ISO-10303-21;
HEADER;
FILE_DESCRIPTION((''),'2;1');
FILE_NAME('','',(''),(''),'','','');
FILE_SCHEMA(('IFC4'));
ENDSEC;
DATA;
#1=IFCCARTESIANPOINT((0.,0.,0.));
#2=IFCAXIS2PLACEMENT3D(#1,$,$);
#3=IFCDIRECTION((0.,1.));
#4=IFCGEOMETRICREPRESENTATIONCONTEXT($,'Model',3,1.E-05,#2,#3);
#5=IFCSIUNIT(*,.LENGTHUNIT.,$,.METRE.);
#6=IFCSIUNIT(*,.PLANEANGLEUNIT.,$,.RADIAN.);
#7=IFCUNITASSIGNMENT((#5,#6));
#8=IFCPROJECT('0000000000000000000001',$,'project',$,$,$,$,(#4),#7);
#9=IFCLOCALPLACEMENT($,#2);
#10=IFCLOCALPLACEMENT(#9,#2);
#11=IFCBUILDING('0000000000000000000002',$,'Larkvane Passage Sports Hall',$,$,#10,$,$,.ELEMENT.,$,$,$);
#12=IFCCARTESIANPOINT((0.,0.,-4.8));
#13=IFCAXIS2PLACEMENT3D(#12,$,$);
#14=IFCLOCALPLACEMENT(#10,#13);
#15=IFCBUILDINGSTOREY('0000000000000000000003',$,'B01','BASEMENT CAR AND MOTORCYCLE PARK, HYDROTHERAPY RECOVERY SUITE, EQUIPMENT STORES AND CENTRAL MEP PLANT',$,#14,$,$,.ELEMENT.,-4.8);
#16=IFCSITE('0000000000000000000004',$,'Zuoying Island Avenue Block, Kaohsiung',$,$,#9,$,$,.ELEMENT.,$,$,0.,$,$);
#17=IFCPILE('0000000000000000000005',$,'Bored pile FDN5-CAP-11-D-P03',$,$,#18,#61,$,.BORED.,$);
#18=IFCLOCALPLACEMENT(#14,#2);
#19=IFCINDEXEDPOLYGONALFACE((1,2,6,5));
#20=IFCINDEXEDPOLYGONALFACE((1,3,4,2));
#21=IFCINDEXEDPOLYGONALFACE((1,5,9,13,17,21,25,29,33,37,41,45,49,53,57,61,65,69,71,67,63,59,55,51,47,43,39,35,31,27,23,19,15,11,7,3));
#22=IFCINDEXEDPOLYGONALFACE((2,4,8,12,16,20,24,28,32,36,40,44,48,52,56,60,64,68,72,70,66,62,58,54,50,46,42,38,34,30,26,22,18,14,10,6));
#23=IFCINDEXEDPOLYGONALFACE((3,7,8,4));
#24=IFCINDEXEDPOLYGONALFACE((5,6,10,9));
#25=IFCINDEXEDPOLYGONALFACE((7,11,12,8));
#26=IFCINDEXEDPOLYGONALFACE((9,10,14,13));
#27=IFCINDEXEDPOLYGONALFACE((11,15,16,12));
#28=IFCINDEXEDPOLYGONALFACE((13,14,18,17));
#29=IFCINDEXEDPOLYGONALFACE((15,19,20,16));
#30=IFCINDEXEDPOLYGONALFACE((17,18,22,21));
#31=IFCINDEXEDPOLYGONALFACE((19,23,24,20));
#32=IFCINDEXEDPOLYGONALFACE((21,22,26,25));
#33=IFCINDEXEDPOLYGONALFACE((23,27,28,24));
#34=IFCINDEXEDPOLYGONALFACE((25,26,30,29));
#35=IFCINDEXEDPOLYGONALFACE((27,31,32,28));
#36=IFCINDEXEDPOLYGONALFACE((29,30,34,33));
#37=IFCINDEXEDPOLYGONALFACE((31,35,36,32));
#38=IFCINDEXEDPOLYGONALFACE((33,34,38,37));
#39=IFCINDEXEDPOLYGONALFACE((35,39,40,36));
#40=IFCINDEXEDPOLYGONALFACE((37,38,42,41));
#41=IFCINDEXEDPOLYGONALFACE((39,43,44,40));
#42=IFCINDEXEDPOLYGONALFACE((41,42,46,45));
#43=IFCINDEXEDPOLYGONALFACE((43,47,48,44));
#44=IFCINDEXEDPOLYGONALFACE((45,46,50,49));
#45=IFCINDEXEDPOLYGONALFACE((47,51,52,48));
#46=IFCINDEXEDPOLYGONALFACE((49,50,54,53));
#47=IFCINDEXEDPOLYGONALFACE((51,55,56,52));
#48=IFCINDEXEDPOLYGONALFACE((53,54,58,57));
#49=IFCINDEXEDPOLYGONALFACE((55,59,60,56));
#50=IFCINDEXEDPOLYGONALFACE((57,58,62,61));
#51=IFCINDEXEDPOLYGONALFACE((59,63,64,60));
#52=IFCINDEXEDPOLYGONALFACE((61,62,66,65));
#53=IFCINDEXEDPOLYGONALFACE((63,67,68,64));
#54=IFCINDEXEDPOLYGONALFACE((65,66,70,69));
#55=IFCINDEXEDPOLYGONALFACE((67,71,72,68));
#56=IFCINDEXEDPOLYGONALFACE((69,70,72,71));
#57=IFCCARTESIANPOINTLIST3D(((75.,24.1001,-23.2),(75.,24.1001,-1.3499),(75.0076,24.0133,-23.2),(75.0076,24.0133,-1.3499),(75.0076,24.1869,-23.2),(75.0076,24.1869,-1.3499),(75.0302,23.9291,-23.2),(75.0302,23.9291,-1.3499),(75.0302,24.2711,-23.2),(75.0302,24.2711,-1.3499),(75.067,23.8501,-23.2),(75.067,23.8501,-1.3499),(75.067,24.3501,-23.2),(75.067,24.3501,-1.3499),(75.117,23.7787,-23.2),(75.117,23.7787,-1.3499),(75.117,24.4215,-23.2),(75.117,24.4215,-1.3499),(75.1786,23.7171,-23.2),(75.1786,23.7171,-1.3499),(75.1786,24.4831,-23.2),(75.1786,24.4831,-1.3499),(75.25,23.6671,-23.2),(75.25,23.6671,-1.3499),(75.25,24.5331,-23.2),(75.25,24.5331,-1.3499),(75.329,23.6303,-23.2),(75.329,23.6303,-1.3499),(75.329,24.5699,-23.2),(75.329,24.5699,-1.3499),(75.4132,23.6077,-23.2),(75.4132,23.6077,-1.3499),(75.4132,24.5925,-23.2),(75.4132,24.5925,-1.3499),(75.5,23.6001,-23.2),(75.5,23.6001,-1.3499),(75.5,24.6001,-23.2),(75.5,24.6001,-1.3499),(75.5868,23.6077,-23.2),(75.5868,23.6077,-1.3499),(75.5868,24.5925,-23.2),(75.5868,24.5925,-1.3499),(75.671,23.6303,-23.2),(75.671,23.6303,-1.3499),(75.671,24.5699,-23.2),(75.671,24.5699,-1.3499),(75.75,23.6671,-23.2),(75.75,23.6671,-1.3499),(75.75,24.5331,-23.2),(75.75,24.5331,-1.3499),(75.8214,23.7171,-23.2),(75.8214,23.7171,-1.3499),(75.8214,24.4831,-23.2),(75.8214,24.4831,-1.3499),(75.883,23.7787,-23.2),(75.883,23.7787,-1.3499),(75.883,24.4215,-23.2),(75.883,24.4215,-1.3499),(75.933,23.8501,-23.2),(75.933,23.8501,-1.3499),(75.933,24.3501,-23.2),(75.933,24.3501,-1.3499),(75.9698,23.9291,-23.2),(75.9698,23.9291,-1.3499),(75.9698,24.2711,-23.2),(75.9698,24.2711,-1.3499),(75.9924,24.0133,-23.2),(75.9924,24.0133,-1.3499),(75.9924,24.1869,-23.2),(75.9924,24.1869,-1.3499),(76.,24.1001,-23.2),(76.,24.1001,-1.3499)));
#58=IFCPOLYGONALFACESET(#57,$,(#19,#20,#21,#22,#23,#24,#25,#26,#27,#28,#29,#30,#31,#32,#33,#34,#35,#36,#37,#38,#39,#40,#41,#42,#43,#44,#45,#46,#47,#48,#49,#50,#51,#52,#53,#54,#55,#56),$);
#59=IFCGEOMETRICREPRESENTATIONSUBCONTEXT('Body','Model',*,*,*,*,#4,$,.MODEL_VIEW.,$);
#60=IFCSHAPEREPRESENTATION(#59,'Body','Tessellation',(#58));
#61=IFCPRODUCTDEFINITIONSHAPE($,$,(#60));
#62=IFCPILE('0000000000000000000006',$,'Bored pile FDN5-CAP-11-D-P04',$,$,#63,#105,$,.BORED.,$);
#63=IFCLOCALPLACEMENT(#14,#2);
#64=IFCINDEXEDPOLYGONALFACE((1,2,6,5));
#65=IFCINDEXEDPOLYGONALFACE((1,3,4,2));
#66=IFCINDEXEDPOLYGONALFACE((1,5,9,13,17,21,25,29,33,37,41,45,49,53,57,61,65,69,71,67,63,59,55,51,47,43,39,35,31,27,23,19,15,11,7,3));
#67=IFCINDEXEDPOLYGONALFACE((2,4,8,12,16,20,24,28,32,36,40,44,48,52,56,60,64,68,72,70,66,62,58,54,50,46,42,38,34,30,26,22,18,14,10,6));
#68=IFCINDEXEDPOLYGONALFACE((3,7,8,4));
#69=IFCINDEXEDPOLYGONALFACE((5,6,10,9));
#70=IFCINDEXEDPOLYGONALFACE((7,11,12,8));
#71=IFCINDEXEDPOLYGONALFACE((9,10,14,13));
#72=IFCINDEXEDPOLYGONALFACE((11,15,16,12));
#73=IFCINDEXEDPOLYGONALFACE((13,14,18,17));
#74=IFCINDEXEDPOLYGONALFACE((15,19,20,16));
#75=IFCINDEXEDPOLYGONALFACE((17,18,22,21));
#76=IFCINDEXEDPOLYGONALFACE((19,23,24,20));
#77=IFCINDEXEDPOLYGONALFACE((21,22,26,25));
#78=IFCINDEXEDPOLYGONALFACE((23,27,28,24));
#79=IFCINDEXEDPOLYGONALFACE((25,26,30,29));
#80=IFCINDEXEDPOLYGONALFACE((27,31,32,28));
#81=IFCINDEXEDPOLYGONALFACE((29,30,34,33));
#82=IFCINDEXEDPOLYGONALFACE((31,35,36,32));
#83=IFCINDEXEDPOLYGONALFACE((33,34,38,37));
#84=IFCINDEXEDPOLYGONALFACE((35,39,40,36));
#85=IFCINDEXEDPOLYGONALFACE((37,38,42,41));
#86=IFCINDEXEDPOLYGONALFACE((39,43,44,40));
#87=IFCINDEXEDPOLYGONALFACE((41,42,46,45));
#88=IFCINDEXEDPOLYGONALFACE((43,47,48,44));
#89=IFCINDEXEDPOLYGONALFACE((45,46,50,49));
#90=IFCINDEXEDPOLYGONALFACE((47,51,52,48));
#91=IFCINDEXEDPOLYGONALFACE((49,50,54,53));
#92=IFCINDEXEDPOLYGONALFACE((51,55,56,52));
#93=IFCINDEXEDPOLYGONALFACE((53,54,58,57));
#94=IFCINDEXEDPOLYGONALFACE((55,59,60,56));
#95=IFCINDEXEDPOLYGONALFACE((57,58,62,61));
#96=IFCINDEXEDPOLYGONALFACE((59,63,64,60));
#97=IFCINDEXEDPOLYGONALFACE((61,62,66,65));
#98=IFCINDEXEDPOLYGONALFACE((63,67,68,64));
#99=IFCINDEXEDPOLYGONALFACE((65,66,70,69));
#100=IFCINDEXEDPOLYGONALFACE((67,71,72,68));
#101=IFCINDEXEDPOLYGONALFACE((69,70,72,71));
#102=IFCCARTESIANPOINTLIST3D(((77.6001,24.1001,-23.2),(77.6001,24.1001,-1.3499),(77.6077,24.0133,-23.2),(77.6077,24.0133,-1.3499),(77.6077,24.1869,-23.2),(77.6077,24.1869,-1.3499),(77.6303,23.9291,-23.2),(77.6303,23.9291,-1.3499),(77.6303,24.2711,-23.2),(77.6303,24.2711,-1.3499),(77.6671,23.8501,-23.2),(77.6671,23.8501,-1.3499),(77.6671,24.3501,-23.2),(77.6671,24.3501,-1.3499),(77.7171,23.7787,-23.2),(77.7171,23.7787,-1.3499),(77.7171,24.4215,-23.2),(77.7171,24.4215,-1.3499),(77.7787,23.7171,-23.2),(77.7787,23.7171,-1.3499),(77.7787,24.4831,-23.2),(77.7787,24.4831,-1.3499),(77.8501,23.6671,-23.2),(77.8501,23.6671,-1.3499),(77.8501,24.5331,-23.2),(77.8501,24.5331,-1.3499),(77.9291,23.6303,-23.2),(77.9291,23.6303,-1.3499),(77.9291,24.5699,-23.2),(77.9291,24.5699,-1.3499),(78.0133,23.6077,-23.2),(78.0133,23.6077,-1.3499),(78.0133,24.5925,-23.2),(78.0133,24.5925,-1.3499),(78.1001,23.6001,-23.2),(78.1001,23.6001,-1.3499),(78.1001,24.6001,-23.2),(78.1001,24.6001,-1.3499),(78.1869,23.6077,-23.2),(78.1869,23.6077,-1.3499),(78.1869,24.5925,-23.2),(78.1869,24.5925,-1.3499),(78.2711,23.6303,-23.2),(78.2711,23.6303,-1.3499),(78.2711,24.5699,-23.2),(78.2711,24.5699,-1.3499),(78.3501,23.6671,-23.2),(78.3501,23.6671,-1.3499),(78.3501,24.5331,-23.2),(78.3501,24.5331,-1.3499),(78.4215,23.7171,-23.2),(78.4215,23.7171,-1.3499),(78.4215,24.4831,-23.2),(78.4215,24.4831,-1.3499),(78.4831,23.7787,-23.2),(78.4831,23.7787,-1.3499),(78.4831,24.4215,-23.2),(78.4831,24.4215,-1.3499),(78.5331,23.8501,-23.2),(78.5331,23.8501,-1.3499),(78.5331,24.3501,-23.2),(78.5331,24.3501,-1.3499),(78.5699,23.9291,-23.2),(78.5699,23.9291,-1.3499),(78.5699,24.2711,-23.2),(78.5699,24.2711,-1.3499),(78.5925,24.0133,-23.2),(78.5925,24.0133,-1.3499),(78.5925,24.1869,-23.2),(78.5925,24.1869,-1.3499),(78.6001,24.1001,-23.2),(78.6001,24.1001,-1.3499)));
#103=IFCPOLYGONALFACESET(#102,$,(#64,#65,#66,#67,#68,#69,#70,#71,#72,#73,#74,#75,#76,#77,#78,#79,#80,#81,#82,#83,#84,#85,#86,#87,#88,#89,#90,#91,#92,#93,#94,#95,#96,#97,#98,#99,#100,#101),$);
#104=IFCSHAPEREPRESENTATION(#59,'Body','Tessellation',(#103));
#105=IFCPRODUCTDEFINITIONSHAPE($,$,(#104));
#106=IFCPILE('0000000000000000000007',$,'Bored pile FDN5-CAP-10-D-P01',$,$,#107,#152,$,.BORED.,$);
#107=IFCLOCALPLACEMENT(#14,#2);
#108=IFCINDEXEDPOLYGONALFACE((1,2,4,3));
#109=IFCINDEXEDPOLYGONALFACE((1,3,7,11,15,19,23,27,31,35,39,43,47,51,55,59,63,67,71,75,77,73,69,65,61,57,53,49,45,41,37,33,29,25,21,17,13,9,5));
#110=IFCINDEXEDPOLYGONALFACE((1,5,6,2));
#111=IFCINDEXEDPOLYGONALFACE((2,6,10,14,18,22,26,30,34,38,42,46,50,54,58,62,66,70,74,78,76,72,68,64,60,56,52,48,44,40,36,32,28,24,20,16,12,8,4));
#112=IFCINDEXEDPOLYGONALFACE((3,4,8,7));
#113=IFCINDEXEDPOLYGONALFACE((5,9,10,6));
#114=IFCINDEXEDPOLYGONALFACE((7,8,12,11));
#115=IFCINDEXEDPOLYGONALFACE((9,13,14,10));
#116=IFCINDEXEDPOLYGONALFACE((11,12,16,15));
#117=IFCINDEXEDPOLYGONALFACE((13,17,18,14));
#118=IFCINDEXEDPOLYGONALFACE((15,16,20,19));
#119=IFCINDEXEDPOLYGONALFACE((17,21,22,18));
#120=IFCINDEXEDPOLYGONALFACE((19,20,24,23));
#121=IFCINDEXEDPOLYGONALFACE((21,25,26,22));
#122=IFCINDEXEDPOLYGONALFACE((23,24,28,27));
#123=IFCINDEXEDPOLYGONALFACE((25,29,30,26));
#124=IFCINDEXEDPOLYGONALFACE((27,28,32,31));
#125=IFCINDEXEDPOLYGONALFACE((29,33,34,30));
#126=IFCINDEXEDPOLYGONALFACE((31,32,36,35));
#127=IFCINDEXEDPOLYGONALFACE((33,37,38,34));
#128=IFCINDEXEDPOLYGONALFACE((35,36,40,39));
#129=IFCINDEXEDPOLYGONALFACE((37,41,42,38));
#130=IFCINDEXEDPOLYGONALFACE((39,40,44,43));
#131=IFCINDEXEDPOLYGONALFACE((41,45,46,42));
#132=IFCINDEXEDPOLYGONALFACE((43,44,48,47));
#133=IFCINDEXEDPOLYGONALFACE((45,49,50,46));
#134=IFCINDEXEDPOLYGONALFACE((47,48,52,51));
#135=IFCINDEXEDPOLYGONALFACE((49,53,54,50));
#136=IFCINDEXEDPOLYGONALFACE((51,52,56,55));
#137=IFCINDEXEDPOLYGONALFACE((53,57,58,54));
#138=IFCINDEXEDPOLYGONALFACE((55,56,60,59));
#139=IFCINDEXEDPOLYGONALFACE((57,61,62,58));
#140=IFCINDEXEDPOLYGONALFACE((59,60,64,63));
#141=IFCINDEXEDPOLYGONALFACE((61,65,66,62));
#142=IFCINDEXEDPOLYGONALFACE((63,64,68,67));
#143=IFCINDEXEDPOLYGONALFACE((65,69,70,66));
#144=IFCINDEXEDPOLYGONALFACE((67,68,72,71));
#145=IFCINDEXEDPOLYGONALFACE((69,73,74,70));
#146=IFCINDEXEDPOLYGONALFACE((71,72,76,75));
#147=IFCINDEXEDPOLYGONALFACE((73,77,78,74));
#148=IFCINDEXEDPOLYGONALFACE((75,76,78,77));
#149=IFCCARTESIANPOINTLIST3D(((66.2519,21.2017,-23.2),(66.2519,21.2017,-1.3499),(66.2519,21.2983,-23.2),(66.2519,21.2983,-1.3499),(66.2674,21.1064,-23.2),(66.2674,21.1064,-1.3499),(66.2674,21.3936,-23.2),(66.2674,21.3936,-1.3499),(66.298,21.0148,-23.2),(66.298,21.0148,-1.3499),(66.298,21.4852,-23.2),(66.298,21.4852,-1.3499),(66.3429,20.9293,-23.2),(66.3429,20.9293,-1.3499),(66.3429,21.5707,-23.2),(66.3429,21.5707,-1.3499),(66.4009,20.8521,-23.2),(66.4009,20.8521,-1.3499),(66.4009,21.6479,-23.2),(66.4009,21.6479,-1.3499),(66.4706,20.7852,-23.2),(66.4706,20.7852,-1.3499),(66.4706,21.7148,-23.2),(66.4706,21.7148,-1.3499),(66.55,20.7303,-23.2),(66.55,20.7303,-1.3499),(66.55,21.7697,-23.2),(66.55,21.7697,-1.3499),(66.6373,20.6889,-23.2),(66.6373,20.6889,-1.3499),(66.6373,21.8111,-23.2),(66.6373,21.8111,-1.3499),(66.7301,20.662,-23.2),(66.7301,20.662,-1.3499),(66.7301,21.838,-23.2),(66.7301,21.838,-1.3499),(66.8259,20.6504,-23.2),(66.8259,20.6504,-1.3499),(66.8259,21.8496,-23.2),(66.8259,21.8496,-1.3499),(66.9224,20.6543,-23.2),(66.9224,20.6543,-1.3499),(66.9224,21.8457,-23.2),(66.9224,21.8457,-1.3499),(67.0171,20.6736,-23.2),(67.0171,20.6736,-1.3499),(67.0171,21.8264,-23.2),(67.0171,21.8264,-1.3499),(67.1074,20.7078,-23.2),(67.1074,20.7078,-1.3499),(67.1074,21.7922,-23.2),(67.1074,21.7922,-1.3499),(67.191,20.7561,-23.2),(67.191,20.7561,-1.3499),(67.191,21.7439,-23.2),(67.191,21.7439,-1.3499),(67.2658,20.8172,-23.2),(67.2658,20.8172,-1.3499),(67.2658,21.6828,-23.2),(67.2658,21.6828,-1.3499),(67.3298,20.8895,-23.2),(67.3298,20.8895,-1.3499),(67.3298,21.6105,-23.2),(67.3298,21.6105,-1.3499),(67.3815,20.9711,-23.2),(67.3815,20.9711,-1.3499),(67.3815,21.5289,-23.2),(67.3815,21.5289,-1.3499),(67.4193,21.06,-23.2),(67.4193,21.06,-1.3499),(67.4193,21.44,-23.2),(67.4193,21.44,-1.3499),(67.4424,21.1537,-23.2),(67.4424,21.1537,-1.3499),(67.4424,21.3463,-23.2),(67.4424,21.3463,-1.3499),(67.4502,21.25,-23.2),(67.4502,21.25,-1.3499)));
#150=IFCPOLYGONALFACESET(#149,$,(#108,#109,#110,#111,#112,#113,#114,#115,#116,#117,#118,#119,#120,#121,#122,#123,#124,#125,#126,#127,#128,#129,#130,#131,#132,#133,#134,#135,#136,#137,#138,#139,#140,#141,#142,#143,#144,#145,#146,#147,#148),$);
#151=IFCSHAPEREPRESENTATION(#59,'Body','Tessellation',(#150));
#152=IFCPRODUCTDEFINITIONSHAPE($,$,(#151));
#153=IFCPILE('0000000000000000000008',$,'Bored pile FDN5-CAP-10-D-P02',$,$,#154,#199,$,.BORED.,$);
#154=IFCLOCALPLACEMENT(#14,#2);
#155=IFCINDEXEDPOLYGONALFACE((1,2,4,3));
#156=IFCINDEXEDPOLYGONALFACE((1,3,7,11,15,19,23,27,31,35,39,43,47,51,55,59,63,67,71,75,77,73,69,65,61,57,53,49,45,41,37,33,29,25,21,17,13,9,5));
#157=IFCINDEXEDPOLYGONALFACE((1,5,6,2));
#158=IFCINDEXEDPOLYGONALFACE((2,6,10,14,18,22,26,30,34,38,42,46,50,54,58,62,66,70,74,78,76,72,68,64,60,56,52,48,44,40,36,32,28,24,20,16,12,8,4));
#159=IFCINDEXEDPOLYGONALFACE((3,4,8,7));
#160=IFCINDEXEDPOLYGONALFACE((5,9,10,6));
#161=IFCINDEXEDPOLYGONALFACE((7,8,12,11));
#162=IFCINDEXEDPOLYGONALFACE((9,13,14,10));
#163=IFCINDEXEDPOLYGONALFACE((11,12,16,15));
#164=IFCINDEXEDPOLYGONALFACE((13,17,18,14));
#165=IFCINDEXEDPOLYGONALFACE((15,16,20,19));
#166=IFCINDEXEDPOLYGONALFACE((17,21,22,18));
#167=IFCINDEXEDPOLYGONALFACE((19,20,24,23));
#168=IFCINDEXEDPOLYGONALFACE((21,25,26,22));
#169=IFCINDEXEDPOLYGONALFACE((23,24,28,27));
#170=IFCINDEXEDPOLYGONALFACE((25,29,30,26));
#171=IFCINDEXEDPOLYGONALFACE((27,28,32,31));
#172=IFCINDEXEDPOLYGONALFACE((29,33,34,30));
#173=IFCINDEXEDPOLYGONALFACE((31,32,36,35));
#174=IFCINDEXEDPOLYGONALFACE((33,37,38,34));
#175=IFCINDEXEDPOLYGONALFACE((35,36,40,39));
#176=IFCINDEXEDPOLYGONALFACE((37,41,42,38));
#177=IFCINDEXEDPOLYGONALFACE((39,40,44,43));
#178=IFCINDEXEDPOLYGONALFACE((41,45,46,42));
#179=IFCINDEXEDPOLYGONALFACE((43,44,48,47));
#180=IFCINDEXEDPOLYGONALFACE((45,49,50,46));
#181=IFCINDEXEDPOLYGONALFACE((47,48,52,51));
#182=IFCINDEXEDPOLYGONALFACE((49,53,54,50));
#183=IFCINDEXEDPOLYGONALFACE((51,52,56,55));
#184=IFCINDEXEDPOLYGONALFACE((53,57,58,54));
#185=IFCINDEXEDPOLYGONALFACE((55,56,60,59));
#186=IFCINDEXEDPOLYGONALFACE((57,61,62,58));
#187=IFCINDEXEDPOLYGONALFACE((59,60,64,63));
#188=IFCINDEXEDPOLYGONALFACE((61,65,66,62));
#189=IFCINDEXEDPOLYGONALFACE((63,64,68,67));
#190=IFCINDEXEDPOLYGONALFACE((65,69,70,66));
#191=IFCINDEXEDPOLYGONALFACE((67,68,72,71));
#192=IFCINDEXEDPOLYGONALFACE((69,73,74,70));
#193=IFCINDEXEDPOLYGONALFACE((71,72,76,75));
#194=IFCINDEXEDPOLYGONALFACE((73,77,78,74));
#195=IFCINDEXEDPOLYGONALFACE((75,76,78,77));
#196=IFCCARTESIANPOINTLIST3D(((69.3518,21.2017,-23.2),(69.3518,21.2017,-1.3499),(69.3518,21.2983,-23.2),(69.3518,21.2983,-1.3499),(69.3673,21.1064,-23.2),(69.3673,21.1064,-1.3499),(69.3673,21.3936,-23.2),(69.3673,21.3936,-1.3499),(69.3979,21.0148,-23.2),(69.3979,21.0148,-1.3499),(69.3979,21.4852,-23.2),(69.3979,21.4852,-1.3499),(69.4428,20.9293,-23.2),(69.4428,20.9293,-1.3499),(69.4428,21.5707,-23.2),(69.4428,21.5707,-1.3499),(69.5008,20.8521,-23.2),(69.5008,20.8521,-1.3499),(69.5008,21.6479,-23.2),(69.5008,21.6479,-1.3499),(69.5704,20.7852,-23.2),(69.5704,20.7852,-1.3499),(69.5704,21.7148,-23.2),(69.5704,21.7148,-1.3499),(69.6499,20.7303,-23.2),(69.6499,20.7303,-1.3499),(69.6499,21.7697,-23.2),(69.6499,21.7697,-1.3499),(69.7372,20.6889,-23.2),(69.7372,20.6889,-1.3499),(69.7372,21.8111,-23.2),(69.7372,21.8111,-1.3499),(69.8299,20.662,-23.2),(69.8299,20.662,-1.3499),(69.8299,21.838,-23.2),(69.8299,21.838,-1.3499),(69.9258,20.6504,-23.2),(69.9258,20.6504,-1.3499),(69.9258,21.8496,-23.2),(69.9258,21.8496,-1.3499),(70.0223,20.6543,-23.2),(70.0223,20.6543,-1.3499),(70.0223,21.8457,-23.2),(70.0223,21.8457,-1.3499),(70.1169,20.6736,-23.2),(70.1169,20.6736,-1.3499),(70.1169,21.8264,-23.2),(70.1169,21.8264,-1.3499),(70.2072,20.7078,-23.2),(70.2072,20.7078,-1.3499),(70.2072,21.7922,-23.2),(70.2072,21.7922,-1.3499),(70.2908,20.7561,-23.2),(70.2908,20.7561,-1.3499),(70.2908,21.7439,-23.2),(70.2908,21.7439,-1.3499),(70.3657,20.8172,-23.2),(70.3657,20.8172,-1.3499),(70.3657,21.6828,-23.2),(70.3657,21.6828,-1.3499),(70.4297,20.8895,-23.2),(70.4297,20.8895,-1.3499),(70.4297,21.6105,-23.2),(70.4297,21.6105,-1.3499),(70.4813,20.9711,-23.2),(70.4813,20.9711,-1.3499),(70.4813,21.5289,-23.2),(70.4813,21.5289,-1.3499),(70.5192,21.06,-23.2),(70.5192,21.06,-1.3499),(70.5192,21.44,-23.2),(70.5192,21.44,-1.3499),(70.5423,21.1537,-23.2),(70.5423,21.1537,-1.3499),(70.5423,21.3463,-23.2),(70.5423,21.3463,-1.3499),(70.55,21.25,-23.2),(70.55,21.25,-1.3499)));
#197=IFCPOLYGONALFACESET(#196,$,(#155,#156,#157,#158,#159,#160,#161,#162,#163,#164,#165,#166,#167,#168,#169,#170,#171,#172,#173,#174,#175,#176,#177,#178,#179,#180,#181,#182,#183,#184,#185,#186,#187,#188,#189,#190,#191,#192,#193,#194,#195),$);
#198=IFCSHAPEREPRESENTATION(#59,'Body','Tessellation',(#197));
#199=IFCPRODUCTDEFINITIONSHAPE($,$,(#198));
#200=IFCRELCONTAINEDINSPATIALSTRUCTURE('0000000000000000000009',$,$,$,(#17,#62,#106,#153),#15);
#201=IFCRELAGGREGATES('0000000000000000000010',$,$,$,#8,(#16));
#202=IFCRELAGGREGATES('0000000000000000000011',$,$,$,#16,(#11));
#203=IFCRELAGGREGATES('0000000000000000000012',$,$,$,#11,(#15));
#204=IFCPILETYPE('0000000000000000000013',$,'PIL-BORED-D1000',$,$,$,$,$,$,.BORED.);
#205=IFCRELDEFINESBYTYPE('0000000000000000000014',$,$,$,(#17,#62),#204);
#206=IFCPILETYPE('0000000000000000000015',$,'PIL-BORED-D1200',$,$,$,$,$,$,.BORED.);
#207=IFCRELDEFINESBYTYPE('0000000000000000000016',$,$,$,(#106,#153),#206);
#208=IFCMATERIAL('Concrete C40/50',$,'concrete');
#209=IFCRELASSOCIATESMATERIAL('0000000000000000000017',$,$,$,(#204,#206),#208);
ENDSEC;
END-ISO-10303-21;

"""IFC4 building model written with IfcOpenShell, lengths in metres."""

from ifc_helpers import new_model, si_unit, direction, frame, origin, origin_2d, place, context, subcontext, project, spatial, circle, extrude, material, material_profile, profile_set, type_object, element, save


model = new_model("IFC4")

# Units and contexts
model_context = context("Model", 3, precision=1e-05, world=origin(), true_north=direction((0.0, 1.0)))
body_context = subcontext(model_context, "Body", "Model", "MODEL_VIEW")
ifc_project = project(units=[si_unit("LENGTHUNIT", "METRE"), si_unit("PLANEANGLEUNIT", "RADIAN")], contexts=[model_context])

# Site, building, storey
site_placement = place(None, origin())
site = spatial("IfcSite", under=ifc_project, at=site_placement, Name="Zuoying Island Avenue Block, Kaohsiung", CompositionType="ELEMENT", RefElevation=0.0)
building_placement = place(site_placement, origin())
building = spatial("IfcBuilding", under=site, at=building_placement, Name="Larkvane Passage Sports Hall", CompositionType="ELEMENT")
storey_placement = place(building_placement, frame((0.0, 0.0, -4.8)))
storey = spatial("IfcBuildingStorey", under=building, at=storey_placement, Name="B01", Description="BASEMENT CAR AND MOTORCYCLE PARK, HYDROTHERAPY RECOVERY SUITE, EQUIPMENT STORES AND CENTRAL MEP PLANT", CompositionType="ELEMENT", Elevation=-4.8)

# Shared definitions
ifc_material_1 = material(Name="Concrete C40/50", Category="concrete")

# Piles
ifc_material_profile_1 = material_profile(ifc_material_1, circle(Radius=0.5, at=origin_2d()), Name="PILE-D1000")
ifc_profile_set_1 = profile_set([ifc_material_profile_1], Name="Concrete C40/50")
pile_type_1 = type_object("IfcPileType", Name="PIL-BORED-D1000", PredefinedType="BORED", material=ifc_profile_set_1)
for number, where, z_axis, x_axis, name in (
    (1, (75.5, 24.1001, -1.3499), (0.0, 0.0, -1.0), (1.0, 0.0, 0.0), "Bored pile FDN5-CAP-11-D-P03"),
    (2, (78.1001, 24.1001, -1.3499), (0.0, 0.0, -1.0), (1.0, 0.0, 0.0), "Bored pile FDN5-CAP-11-D-P04"),
):
    element("IfcPile", number, at=place(storey_placement, frame(where, z_axis=z_axis, x_axis=x_axis)), inside=storey, type_object=pile_type_1, Name=name, PredefinedType="BORED", context=body_context, shape_type="SweptSolid", body=[
        extrude(circle(Radius=0.5, at=origin_2d()), origin(), (0.0, 0.0, 1.0), 21.8501),
    ])
ifc_material_profile_2 = material_profile(ifc_material_1, circle(Radius=0.6001, at=origin_2d()), Name="PILE-D1200")
ifc_profile_set_2 = profile_set([ifc_material_profile_2], Name="Concrete C40/50")
pile_type_2 = type_object("IfcPileType", Name="PIL-BORED-D1200", PredefinedType="BORED", material=ifc_profile_set_2)
for number, where, z_axis, x_axis, name in (
    (3, (66.8501, 21.25, -1.3499), (0.0, 0.0, -1.0), (1.0, 0.0, 0.0), "Bored pile FDN5-CAP-10-D-P01"),
    (4, (69.95, 21.25, -1.3499), (0.0, 0.0, -1.0), (1.0, 0.0, 0.0), "Bored pile FDN5-CAP-10-D-P02"),
):
    element("IfcPile", number, at=place(storey_placement, frame(where, z_axis=z_axis, x_axis=x_axis)), inside=storey, type_object=pile_type_2, Name=name, PredefinedType="BORED", context=body_context, shape_type="SweptSolid", body=[
        extrude(circle(Radius=0.6001, at=origin_2d()), origin(), (0.0, 0.0, 1.0), 21.8501),
    ])

save(model, "model.ifc")
